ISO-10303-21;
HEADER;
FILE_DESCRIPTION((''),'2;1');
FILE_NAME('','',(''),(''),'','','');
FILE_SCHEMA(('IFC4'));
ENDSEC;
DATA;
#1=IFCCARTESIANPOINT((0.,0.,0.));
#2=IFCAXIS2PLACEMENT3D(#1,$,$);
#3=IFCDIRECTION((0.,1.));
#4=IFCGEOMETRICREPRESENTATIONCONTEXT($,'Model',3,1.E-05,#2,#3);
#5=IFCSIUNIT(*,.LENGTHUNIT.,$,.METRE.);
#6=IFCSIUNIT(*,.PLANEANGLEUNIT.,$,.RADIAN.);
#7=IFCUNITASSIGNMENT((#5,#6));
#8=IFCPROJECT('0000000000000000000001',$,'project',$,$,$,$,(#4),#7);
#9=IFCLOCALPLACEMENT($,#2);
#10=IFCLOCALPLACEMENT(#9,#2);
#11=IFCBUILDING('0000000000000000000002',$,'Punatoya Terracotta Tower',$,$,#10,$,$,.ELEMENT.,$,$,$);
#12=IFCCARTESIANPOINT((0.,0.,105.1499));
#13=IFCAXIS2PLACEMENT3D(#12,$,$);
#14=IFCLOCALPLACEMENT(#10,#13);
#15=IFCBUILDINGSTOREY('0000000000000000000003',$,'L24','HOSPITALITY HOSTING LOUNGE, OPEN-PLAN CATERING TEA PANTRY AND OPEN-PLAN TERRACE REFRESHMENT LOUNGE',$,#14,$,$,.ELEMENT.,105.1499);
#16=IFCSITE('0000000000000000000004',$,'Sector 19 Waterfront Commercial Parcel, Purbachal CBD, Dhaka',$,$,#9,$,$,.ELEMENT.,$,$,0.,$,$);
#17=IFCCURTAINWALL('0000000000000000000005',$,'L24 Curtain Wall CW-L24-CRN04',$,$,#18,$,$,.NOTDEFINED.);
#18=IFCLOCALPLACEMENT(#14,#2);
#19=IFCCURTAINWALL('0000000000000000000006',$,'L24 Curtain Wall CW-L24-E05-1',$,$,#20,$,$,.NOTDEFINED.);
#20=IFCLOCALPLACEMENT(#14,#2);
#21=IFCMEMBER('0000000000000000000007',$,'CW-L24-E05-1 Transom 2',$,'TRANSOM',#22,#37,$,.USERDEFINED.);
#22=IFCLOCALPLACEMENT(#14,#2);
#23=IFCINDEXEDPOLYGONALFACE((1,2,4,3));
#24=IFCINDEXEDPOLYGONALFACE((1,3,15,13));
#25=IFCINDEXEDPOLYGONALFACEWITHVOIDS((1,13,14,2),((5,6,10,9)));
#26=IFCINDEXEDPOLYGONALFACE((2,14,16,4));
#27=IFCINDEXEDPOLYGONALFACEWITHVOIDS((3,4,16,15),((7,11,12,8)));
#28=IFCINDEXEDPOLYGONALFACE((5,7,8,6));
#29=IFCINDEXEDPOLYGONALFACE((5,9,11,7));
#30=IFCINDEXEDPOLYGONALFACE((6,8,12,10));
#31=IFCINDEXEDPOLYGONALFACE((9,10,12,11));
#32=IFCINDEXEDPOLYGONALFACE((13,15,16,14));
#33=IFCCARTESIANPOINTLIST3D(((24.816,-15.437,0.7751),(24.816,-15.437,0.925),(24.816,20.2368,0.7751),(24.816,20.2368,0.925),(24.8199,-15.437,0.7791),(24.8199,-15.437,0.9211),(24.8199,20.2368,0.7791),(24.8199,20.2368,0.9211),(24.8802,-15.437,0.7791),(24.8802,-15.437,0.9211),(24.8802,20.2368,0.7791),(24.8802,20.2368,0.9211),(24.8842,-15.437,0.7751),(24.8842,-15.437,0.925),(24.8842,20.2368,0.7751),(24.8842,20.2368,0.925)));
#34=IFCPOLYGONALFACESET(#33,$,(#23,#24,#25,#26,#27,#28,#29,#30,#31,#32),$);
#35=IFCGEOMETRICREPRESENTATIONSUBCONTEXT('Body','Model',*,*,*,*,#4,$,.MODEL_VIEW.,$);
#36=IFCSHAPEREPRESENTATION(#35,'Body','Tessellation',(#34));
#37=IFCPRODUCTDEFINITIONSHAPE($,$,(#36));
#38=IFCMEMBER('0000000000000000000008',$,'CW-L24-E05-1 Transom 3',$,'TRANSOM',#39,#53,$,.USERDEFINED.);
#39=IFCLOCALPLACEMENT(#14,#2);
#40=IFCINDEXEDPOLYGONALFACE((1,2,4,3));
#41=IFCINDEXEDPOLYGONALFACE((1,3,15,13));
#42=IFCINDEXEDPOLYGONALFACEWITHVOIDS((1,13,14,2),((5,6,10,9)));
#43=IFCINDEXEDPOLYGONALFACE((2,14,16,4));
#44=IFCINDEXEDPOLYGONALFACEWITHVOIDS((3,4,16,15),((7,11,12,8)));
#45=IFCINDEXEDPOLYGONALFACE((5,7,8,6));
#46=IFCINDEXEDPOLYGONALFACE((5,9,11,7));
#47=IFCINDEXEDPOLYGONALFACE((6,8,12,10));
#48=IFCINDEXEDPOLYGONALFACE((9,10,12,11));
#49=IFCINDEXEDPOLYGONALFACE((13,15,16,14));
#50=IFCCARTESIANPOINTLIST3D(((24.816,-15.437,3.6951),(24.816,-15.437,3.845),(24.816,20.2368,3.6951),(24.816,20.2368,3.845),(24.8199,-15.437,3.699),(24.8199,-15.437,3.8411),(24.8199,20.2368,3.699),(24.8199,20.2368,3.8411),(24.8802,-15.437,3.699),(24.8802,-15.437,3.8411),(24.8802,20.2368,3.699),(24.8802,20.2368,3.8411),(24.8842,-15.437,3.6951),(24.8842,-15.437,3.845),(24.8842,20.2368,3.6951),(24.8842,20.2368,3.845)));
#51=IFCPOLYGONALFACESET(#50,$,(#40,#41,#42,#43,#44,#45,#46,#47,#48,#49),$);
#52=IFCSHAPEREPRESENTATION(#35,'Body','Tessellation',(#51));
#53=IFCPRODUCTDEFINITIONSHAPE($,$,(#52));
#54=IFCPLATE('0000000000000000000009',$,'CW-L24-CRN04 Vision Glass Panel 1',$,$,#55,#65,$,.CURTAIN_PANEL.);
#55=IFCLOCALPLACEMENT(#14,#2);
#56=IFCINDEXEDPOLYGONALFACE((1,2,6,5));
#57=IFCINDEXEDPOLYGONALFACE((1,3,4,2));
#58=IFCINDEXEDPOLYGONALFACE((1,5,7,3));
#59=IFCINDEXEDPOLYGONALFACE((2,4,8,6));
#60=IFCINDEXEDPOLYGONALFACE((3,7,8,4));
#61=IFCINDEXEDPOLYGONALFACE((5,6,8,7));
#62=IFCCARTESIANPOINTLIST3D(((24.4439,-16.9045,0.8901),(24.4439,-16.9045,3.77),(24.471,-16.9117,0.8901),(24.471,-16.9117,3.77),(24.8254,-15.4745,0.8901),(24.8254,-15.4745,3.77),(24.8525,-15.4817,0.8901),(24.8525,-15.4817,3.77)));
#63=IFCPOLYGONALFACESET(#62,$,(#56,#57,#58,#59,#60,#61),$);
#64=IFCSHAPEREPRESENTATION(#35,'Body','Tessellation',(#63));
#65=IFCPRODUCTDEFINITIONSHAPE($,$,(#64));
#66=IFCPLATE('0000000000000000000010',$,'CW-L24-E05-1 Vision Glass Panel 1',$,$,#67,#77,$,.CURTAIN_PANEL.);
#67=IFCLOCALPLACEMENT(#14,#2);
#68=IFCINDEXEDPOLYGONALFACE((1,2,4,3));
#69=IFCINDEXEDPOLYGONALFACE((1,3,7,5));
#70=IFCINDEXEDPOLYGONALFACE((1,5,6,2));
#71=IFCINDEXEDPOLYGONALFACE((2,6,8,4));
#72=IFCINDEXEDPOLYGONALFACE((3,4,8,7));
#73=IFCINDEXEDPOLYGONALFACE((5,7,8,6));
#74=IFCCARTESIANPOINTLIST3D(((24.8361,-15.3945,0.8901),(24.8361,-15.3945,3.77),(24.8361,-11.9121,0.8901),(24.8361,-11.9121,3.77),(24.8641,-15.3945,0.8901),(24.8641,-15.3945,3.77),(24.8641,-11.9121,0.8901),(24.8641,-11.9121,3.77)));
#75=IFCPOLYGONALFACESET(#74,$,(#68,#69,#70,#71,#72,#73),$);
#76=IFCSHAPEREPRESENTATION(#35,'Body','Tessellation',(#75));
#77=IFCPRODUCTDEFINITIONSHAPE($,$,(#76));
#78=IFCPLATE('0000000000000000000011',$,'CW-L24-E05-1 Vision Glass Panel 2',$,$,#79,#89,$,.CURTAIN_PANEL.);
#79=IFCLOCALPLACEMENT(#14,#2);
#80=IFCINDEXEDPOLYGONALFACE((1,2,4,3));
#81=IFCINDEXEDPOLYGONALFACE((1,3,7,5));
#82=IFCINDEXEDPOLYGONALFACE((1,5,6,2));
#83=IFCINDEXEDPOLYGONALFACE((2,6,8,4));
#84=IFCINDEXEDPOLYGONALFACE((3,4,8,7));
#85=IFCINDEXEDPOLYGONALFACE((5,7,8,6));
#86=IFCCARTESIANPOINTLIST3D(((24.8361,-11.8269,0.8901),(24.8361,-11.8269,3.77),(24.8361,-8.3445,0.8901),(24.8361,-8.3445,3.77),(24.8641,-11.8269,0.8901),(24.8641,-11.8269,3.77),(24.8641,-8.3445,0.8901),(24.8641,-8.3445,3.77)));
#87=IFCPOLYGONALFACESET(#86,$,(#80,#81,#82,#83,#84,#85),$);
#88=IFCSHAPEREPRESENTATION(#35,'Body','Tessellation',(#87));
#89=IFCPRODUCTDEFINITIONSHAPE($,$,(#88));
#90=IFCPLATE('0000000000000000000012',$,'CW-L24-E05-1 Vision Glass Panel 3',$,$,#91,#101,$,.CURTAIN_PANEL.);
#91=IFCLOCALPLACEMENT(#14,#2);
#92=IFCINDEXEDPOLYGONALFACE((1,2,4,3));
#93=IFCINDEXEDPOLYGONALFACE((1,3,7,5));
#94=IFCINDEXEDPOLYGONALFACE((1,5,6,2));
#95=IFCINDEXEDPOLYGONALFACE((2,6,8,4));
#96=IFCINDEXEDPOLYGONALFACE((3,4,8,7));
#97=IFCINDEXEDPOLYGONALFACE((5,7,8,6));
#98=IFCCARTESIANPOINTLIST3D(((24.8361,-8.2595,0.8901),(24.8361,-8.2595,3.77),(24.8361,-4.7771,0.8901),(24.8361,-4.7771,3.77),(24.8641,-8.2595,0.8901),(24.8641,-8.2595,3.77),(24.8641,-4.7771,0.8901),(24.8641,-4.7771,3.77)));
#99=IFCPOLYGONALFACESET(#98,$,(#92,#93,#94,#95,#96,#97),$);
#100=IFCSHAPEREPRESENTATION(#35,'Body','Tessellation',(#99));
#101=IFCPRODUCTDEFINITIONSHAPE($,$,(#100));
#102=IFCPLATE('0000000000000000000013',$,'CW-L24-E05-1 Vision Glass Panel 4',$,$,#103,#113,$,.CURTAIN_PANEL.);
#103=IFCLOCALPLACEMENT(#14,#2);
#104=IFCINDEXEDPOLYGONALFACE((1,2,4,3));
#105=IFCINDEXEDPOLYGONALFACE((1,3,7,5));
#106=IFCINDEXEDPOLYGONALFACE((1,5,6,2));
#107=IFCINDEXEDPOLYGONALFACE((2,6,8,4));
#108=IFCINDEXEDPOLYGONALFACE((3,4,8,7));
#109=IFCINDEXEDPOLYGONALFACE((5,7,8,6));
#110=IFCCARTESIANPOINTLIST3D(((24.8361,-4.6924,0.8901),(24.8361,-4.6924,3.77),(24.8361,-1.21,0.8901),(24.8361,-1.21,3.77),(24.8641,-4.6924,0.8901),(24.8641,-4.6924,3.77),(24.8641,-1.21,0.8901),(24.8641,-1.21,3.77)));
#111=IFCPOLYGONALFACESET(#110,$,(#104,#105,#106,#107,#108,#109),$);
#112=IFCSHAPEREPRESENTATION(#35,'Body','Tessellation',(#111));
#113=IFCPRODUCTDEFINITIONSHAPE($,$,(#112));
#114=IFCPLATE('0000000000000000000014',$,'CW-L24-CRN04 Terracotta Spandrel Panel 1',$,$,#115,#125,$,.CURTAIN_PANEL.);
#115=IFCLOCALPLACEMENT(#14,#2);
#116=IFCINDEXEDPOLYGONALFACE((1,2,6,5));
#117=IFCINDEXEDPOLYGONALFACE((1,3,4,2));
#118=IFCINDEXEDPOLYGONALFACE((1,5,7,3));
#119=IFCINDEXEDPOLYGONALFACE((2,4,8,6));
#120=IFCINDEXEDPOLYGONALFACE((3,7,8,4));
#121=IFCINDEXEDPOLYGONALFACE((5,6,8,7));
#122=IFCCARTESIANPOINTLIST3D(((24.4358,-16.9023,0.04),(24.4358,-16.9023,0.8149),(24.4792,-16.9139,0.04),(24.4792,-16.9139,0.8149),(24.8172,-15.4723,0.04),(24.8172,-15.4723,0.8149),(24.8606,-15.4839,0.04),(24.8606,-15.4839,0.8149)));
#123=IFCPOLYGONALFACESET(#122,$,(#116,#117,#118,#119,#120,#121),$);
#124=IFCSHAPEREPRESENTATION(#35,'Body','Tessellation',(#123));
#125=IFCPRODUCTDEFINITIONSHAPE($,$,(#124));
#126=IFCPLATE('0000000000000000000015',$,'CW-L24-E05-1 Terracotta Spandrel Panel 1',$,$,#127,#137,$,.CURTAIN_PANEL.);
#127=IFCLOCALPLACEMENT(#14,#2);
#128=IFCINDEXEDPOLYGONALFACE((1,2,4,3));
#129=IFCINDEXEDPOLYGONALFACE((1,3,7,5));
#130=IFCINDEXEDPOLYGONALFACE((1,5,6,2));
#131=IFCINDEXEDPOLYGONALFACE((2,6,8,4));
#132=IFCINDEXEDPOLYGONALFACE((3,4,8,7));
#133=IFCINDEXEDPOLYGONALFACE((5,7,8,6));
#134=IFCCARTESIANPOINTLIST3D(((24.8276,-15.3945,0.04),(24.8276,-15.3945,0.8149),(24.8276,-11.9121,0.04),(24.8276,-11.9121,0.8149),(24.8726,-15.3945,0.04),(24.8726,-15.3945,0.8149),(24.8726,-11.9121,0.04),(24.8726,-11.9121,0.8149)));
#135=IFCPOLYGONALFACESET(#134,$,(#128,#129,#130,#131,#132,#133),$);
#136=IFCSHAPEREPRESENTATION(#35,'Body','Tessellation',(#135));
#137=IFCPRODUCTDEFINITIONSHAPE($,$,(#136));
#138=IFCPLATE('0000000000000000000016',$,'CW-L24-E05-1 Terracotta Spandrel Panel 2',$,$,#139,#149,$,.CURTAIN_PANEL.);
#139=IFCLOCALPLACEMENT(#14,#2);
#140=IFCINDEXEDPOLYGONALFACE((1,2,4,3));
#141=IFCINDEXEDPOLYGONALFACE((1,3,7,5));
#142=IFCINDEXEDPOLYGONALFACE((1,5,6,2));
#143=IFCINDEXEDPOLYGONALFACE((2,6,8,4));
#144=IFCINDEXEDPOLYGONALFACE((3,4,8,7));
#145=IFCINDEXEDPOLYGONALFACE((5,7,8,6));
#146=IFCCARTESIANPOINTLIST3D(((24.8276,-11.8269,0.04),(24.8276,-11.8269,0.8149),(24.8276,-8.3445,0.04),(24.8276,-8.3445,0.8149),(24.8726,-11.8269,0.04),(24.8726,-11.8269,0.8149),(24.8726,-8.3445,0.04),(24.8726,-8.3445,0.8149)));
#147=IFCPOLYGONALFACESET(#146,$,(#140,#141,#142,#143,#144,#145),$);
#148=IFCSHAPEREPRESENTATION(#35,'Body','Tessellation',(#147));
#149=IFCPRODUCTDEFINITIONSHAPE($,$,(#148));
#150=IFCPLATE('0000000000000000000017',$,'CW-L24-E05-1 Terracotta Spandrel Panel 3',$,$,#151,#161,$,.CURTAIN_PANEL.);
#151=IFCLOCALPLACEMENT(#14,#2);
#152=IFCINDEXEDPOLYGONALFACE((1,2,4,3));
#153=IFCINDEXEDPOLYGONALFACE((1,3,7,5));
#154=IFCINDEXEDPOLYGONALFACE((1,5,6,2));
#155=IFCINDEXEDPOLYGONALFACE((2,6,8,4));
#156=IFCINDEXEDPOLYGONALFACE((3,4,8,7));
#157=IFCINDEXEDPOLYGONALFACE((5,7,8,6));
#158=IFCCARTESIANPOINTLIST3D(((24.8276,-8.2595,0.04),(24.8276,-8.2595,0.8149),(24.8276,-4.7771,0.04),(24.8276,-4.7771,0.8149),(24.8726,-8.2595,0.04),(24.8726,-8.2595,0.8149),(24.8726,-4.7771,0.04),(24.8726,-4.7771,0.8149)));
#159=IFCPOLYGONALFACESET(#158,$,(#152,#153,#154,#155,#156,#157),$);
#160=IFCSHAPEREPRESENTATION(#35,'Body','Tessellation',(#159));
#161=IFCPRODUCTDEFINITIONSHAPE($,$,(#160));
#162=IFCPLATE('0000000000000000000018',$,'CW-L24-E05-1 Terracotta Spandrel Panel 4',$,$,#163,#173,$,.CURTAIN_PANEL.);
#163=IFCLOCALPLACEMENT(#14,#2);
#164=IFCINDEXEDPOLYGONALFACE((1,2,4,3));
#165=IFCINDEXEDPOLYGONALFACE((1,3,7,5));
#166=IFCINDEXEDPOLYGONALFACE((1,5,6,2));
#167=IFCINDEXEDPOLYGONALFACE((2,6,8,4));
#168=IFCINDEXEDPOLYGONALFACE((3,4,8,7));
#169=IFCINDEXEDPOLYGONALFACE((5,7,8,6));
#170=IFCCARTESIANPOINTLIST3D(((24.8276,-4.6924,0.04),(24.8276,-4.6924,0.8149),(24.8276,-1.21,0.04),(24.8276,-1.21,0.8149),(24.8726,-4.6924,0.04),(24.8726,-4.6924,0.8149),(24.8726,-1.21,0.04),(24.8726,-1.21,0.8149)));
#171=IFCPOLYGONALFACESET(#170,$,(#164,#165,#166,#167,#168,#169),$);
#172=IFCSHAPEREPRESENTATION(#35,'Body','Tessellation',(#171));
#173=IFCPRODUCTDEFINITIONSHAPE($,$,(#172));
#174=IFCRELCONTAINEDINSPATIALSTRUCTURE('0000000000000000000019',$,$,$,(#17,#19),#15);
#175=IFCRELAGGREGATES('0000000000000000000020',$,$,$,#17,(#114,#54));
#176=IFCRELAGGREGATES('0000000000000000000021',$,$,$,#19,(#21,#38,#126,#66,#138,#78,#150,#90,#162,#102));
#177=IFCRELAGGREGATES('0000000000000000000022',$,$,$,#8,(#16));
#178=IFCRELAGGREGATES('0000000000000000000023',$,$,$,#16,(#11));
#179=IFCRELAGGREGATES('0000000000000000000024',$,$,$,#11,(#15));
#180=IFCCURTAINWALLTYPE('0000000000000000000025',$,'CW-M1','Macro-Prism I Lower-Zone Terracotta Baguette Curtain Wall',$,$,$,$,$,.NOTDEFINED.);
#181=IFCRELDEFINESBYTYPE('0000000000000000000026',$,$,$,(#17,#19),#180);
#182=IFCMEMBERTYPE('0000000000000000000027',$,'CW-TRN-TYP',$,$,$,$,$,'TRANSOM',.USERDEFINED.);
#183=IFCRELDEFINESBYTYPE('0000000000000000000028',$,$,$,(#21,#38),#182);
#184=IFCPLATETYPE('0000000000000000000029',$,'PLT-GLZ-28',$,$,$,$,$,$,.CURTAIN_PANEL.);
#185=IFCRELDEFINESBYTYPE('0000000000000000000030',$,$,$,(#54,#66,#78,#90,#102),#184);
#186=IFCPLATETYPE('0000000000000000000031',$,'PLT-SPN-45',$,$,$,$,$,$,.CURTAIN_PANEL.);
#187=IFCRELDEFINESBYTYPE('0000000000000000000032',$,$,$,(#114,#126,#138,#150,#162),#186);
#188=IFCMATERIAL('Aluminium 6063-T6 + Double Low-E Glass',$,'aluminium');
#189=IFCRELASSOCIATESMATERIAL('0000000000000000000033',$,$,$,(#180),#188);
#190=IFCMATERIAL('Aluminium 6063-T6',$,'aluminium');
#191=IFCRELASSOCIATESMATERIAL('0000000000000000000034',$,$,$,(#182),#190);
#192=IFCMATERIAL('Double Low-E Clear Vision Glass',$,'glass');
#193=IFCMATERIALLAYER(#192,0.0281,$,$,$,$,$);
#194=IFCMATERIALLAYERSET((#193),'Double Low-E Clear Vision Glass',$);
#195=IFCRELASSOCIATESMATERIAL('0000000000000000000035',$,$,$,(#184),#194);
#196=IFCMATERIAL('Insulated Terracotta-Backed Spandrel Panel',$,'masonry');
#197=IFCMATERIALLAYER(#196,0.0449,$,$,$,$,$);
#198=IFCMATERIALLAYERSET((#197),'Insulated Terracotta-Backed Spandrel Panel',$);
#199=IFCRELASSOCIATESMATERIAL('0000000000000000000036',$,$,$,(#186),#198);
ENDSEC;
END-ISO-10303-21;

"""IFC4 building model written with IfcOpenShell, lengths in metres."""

from ifc_helpers import new_model, si_unit, direction, frame, origin, origin_2d, place, context, subcontext, project, spatial, rectangle, hollow_rectangle, extrude, material, layer, layer_set, material_profile, profile_set, type_object, element, aggregate, save


model = new_model("IFC4")

# Units and contexts
model_context = context("Model", 3, precision=1e-05, world=origin(), true_north=direction((0.0, 1.0)))
body_context = subcontext(model_context, "Body", "Model", "MODEL_VIEW")
ifc_project = project(units=[si_unit("LENGTHUNIT", "METRE"), si_unit("PLANEANGLEUNIT", "RADIAN")], contexts=[model_context])

# Site, building, storey
site_placement = place(None, origin())
site = spatial("IfcSite", under=ifc_project, at=site_placement, Name="Sector 19 Waterfront Commercial Parcel, Purbachal CBD, Dhaka", CompositionType="ELEMENT", RefElevation=0.0)
building_placement = place(site_placement, origin())
building = spatial("IfcBuilding", under=site, at=building_placement, Name="Punatoya Terracotta Tower", CompositionType="ELEMENT")
storey_placement = place(building_placement, frame((0.0, 0.0, 105.1499)))
storey = spatial("IfcBuildingStorey", under=building, at=storey_placement, Name="L24", Description="HOSPITALITY HOSTING LOUNGE, OPEN-PLAN CATERING TEA PANTRY AND OPEN-PLAN TERRACE REFRESHMENT LOUNGE", CompositionType="ELEMENT", Elevation=105.1499)

# Curtain walls, members
ifc_material_1 = material(Name="Aluminium 6063-T6 + Double Low-E Glass", Category="aluminium")
curtain_wall_type = type_object("IfcCurtainWallType", Name="CW-M1", Description="Macro-Prism I Lower-Zone Terracotta Baguette Curtain Wall", PredefinedType="NOTDEFINED", material=ifc_material_1)
curtain_wall_1_placement = place(storey_placement, origin())
curtain_wall_1 = element("IfcCurtainWall", 1, at=curtain_wall_1_placement, inside=storey, type_object=curtain_wall_type, Name="L24 Curtain Wall CW-L24-CRN04", PredefinedType="NOTDEFINED")
ifc_material_2 = material(Name="Aluminium 6063-T6", Category="aluminium")
curtain_wall_2_placement = place(storey_placement, origin())
curtain_wall_2 = element("IfcCurtainWall", 2, at=curtain_wall_2_placement, inside=storey, type_object=curtain_wall_type, Name="L24 Curtain Wall CW-L24-E05-1", PredefinedType="NOTDEFINED")
ifc_material_profile_1 = material_profile(ifc_material_2, hollow_rectangle(XDim=0.0681, YDim=0.1499, WallThickness=0.0039, at=origin_2d()))
ifc_profile_set_1 = profile_set([ifc_material_profile_1], Name="Aluminium 6063-T6")
member_type_1 = type_object("IfcMemberType", Name="CW-TRN-TYP", ElementType="TRANSOM", PredefinedType="USERDEFINED", material=ifc_profile_set_1)
member_1_placement = place(storey_placement, frame((24.8501, -15.437, 0.8501), z_axis=(0.0, 1.0, 0.0), x_axis=(-1.0, 0.0, 0.0)))
member_1 = element("IfcMember", 3, at=member_1_placement, type_object=member_type_1, Name="CW-L24-E05-1 Transom 2", ObjectType="TRANSOM", PredefinedType="USERDEFINED", context=body_context, shape_type="SweptSolid", body=[
    extrude(hollow_rectangle(XDim=0.0681, YDim=0.1499, WallThickness=0.0039, at=origin_2d()), origin(), (0.0, 0.0, 1.0), 35.6738),
])
member_2_placement = place(storey_placement, frame((24.8501, -15.437, 3.77), z_axis=(0.0, 1.0, 0.0), x_axis=(-1.0, 0.0, 0.0)))
member_2 = element("IfcMember", 4, at=member_2_placement, type_object=member_type_1, Name="CW-L24-E05-1 Transom 3", ObjectType="TRANSOM", PredefinedType="USERDEFINED", context=body_context, shape_type="SweptSolid", body=[
    extrude(hollow_rectangle(XDim=0.0681, YDim=0.1499, WallThickness=0.0039, at=origin_2d()), origin(), (0.0, 0.0, 1.0), 35.6738),
])

# Plates
ifc_material_3 = material(Name="Double Low-E Clear Vision Glass", Category="glass")
ifc_layer_1 = layer(ifc_material_3, 0.0281)
ifc_layer_set_1 = layer_set([ifc_layer_1], Name="Double Low-E Clear Vision Glass")
plate_type_1 = type_object("IfcPlateType", Name="PLT-GLZ-28", PredefinedType="CURTAIN_PANEL", material=ifc_layer_set_1)
plate_1_placement = place(storey_placement, frame((24.6482, -16.1931, 0.8901), z_axis=(0.0, 0.0, 1.0), x_axis=(0.257742, 0.966214, 0.0)))
plate_1 = element("IfcPlate", 5, at=plate_1_placement, type_object=plate_type_1, Name="CW-L24-CRN04 Vision Glass Panel 1", PredefinedType="CURTAIN_PANEL", context=body_context, shape_type="SweptSolid", body=[
    extrude(rectangle(XDim=1.48, YDim=0.0281, at=origin_2d()), origin(), (0.0, 0.0, 1.0), 2.8799),
])
plate_2_placement = place(storey_placement, frame((24.8501, -13.6533, 0.8901), z_axis=(0.0, 0.0, 1.0), x_axis=(0.0, 1.0, 0.0)))
plate_2 = element("IfcPlate", 6, at=plate_2_placement, type_object=plate_type_1, Name="CW-L24-E05-1 Vision Glass Panel 1", PredefinedType="CURTAIN_PANEL", context=body_context, shape_type="SweptSolid", body=[
    extrude(rectangle(XDim=3.4824, YDim=0.0281, at=origin_2d()), origin(), (0.0, 0.0, 1.0), 2.8799),
])
plate_3_placement = place(storey_placement, frame((24.8501, -10.0857, 0.8901), z_axis=(0.0, 0.0, 1.0), x_axis=(0.0, 1.0, 0.0)))
plate_3 = element("IfcPlate", 7, at=plate_3_placement, type_object=plate_type_1, Name="CW-L24-E05-1 Vision Glass Panel 2", PredefinedType="CURTAIN_PANEL", context=body_context, shape_type="SweptSolid", body=[
    extrude(rectangle(XDim=3.4824, YDim=0.0281, at=origin_2d()), origin(), (0.0, 0.0, 1.0), 2.8799),
])
plate_4_placement = place(storey_placement, frame((24.8501, -6.5183, 0.8901), z_axis=(0.0, 0.0, 1.0), x_axis=(0.0, 1.0, 0.0)))
plate_4 = element("IfcPlate", 8, at=plate_4_placement, type_object=plate_type_1, Name="CW-L24-E05-1 Vision Glass Panel 3", PredefinedType="CURTAIN_PANEL", context=body_context, shape_type="SweptSolid", body=[
    extrude(rectangle(XDim=3.4824, YDim=0.0281, at=origin_2d()), origin(), (0.0, 0.0, 1.0), 2.8799),
])
plate_5_placement = place(storey_placement, frame((24.8501, -2.9512, 0.8901), z_axis=(0.0, 0.0, 1.0), x_axis=(0.0, 1.0, 0.0)))
plate_5 = element("IfcPlate", 9, at=plate_5_placement, type_object=plate_type_1, Name="CW-L24-E05-1 Vision Glass Panel 4", PredefinedType="CURTAIN_PANEL", context=body_context, shape_type="SweptSolid", body=[
    extrude(rectangle(XDim=3.4824, YDim=0.0281, at=origin_2d()), origin(), (0.0, 0.0, 1.0), 2.8799),
])
ifc_material_4 = material(Name="Insulated Terracotta-Backed Spandrel Panel", Category="masonry")
ifc_layer_2 = layer(ifc_material_4, 0.0449)
ifc_layer_set_2 = layer_set([ifc_layer_2], Name="Insulated Terracotta-Backed Spandrel Panel")
plate_type_2 = type_object("IfcPlateType", Name="PLT-SPN-45", PredefinedType="CURTAIN_PANEL", material=ifc_layer_set_2)
plate_6_placement = place(storey_placement, frame((24.6482, -16.1931, 0.04), z_axis=(0.0, 0.0, 1.0), x_axis=(0.257742, 0.966214, 0.0)))
plate_6 = element("IfcPlate", 10, at=plate_6_placement, type_object=plate_type_2, Name="CW-L24-CRN04 Terracotta Spandrel Panel 1", PredefinedType="CURTAIN_PANEL", context=body_context, shape_type="SweptSolid", body=[
    extrude(rectangle(XDim=1.48, YDim=0.0449, at=origin_2d()), origin(), (0.0, 0.0, 1.0), 0.7749),
])
aggregate(curtain_wall_1, [plate_6, plate_1])
plate_7_placement = place(storey_placement, frame((24.8501, -13.6533, 0.04), z_axis=(0.0, 0.0, 1.0), x_axis=(0.0, 1.0, 0.0)))
plate_7 = element("IfcPlate", 11, at=plate_7_placement, type_object=plate_type_2, Name="CW-L24-E05-1 Terracotta Spandrel Panel 1", PredefinedType="CURTAIN_PANEL", context=body_context, shape_type="SweptSolid", body=[
    extrude(rectangle(XDim=3.4824, YDim=0.0449, at=origin_2d()), origin(), (0.0, 0.0, 1.0), 0.7749),
])
plate_8_placement = place(storey_placement, frame((24.8501, -10.0857, 0.04), z_axis=(0.0, 0.0, 1.0), x_axis=(0.0, 1.0, 0.0)))
plate_8 = element("IfcPlate", 12, at=plate_8_placement, type_object=plate_type_2, Name="CW-L24-E05-1 Terracotta Spandrel Panel 2", PredefinedType="CURTAIN_PANEL", context=body_context, shape_type="SweptSolid", body=[
    extrude(rectangle(XDim=3.4824, YDim=0.0449, at=origin_2d()), origin(), (0.0, 0.0, 1.0), 0.7749),
])
plate_9_placement = place(storey_placement, frame((24.8501, -6.5183, 0.04), z_axis=(0.0, 0.0, 1.0), x_axis=(0.0, 1.0, 0.0)))
plate_9 = element("IfcPlate", 13, at=plate_9_placement, type_object=plate_type_2, Name="CW-L24-E05-1 Terracotta Spandrel Panel 3", PredefinedType="CURTAIN_PANEL", context=body_context, shape_type="SweptSolid", body=[
    extrude(rectangle(XDim=3.4824, YDim=0.0449, at=origin_2d()), origin(), (0.0, 0.0, 1.0), 0.7749),
])
plate_10_placement = place(storey_placement, frame((24.8501, -2.9512, 0.04), z_axis=(0.0, 0.0, 1.0), x_axis=(0.0, 1.0, 0.0)))
plate_10 = element("IfcPlate", 14, at=plate_10_placement, type_object=plate_type_2, Name="CW-L24-E05-1 Terracotta Spandrel Panel 4", PredefinedType="CURTAIN_PANEL", context=body_context, shape_type="SweptSolid", body=[
    extrude(rectangle(XDim=3.4824, YDim=0.0449, at=origin_2d()), origin(), (0.0, 0.0, 1.0), 0.7749),
])
aggregate(curtain_wall_2, [member_1, member_2, plate_7, plate_2, plate_8, plate_3, plate_9, plate_4, plate_10, plate_5])

save(model, "model.ifc")
